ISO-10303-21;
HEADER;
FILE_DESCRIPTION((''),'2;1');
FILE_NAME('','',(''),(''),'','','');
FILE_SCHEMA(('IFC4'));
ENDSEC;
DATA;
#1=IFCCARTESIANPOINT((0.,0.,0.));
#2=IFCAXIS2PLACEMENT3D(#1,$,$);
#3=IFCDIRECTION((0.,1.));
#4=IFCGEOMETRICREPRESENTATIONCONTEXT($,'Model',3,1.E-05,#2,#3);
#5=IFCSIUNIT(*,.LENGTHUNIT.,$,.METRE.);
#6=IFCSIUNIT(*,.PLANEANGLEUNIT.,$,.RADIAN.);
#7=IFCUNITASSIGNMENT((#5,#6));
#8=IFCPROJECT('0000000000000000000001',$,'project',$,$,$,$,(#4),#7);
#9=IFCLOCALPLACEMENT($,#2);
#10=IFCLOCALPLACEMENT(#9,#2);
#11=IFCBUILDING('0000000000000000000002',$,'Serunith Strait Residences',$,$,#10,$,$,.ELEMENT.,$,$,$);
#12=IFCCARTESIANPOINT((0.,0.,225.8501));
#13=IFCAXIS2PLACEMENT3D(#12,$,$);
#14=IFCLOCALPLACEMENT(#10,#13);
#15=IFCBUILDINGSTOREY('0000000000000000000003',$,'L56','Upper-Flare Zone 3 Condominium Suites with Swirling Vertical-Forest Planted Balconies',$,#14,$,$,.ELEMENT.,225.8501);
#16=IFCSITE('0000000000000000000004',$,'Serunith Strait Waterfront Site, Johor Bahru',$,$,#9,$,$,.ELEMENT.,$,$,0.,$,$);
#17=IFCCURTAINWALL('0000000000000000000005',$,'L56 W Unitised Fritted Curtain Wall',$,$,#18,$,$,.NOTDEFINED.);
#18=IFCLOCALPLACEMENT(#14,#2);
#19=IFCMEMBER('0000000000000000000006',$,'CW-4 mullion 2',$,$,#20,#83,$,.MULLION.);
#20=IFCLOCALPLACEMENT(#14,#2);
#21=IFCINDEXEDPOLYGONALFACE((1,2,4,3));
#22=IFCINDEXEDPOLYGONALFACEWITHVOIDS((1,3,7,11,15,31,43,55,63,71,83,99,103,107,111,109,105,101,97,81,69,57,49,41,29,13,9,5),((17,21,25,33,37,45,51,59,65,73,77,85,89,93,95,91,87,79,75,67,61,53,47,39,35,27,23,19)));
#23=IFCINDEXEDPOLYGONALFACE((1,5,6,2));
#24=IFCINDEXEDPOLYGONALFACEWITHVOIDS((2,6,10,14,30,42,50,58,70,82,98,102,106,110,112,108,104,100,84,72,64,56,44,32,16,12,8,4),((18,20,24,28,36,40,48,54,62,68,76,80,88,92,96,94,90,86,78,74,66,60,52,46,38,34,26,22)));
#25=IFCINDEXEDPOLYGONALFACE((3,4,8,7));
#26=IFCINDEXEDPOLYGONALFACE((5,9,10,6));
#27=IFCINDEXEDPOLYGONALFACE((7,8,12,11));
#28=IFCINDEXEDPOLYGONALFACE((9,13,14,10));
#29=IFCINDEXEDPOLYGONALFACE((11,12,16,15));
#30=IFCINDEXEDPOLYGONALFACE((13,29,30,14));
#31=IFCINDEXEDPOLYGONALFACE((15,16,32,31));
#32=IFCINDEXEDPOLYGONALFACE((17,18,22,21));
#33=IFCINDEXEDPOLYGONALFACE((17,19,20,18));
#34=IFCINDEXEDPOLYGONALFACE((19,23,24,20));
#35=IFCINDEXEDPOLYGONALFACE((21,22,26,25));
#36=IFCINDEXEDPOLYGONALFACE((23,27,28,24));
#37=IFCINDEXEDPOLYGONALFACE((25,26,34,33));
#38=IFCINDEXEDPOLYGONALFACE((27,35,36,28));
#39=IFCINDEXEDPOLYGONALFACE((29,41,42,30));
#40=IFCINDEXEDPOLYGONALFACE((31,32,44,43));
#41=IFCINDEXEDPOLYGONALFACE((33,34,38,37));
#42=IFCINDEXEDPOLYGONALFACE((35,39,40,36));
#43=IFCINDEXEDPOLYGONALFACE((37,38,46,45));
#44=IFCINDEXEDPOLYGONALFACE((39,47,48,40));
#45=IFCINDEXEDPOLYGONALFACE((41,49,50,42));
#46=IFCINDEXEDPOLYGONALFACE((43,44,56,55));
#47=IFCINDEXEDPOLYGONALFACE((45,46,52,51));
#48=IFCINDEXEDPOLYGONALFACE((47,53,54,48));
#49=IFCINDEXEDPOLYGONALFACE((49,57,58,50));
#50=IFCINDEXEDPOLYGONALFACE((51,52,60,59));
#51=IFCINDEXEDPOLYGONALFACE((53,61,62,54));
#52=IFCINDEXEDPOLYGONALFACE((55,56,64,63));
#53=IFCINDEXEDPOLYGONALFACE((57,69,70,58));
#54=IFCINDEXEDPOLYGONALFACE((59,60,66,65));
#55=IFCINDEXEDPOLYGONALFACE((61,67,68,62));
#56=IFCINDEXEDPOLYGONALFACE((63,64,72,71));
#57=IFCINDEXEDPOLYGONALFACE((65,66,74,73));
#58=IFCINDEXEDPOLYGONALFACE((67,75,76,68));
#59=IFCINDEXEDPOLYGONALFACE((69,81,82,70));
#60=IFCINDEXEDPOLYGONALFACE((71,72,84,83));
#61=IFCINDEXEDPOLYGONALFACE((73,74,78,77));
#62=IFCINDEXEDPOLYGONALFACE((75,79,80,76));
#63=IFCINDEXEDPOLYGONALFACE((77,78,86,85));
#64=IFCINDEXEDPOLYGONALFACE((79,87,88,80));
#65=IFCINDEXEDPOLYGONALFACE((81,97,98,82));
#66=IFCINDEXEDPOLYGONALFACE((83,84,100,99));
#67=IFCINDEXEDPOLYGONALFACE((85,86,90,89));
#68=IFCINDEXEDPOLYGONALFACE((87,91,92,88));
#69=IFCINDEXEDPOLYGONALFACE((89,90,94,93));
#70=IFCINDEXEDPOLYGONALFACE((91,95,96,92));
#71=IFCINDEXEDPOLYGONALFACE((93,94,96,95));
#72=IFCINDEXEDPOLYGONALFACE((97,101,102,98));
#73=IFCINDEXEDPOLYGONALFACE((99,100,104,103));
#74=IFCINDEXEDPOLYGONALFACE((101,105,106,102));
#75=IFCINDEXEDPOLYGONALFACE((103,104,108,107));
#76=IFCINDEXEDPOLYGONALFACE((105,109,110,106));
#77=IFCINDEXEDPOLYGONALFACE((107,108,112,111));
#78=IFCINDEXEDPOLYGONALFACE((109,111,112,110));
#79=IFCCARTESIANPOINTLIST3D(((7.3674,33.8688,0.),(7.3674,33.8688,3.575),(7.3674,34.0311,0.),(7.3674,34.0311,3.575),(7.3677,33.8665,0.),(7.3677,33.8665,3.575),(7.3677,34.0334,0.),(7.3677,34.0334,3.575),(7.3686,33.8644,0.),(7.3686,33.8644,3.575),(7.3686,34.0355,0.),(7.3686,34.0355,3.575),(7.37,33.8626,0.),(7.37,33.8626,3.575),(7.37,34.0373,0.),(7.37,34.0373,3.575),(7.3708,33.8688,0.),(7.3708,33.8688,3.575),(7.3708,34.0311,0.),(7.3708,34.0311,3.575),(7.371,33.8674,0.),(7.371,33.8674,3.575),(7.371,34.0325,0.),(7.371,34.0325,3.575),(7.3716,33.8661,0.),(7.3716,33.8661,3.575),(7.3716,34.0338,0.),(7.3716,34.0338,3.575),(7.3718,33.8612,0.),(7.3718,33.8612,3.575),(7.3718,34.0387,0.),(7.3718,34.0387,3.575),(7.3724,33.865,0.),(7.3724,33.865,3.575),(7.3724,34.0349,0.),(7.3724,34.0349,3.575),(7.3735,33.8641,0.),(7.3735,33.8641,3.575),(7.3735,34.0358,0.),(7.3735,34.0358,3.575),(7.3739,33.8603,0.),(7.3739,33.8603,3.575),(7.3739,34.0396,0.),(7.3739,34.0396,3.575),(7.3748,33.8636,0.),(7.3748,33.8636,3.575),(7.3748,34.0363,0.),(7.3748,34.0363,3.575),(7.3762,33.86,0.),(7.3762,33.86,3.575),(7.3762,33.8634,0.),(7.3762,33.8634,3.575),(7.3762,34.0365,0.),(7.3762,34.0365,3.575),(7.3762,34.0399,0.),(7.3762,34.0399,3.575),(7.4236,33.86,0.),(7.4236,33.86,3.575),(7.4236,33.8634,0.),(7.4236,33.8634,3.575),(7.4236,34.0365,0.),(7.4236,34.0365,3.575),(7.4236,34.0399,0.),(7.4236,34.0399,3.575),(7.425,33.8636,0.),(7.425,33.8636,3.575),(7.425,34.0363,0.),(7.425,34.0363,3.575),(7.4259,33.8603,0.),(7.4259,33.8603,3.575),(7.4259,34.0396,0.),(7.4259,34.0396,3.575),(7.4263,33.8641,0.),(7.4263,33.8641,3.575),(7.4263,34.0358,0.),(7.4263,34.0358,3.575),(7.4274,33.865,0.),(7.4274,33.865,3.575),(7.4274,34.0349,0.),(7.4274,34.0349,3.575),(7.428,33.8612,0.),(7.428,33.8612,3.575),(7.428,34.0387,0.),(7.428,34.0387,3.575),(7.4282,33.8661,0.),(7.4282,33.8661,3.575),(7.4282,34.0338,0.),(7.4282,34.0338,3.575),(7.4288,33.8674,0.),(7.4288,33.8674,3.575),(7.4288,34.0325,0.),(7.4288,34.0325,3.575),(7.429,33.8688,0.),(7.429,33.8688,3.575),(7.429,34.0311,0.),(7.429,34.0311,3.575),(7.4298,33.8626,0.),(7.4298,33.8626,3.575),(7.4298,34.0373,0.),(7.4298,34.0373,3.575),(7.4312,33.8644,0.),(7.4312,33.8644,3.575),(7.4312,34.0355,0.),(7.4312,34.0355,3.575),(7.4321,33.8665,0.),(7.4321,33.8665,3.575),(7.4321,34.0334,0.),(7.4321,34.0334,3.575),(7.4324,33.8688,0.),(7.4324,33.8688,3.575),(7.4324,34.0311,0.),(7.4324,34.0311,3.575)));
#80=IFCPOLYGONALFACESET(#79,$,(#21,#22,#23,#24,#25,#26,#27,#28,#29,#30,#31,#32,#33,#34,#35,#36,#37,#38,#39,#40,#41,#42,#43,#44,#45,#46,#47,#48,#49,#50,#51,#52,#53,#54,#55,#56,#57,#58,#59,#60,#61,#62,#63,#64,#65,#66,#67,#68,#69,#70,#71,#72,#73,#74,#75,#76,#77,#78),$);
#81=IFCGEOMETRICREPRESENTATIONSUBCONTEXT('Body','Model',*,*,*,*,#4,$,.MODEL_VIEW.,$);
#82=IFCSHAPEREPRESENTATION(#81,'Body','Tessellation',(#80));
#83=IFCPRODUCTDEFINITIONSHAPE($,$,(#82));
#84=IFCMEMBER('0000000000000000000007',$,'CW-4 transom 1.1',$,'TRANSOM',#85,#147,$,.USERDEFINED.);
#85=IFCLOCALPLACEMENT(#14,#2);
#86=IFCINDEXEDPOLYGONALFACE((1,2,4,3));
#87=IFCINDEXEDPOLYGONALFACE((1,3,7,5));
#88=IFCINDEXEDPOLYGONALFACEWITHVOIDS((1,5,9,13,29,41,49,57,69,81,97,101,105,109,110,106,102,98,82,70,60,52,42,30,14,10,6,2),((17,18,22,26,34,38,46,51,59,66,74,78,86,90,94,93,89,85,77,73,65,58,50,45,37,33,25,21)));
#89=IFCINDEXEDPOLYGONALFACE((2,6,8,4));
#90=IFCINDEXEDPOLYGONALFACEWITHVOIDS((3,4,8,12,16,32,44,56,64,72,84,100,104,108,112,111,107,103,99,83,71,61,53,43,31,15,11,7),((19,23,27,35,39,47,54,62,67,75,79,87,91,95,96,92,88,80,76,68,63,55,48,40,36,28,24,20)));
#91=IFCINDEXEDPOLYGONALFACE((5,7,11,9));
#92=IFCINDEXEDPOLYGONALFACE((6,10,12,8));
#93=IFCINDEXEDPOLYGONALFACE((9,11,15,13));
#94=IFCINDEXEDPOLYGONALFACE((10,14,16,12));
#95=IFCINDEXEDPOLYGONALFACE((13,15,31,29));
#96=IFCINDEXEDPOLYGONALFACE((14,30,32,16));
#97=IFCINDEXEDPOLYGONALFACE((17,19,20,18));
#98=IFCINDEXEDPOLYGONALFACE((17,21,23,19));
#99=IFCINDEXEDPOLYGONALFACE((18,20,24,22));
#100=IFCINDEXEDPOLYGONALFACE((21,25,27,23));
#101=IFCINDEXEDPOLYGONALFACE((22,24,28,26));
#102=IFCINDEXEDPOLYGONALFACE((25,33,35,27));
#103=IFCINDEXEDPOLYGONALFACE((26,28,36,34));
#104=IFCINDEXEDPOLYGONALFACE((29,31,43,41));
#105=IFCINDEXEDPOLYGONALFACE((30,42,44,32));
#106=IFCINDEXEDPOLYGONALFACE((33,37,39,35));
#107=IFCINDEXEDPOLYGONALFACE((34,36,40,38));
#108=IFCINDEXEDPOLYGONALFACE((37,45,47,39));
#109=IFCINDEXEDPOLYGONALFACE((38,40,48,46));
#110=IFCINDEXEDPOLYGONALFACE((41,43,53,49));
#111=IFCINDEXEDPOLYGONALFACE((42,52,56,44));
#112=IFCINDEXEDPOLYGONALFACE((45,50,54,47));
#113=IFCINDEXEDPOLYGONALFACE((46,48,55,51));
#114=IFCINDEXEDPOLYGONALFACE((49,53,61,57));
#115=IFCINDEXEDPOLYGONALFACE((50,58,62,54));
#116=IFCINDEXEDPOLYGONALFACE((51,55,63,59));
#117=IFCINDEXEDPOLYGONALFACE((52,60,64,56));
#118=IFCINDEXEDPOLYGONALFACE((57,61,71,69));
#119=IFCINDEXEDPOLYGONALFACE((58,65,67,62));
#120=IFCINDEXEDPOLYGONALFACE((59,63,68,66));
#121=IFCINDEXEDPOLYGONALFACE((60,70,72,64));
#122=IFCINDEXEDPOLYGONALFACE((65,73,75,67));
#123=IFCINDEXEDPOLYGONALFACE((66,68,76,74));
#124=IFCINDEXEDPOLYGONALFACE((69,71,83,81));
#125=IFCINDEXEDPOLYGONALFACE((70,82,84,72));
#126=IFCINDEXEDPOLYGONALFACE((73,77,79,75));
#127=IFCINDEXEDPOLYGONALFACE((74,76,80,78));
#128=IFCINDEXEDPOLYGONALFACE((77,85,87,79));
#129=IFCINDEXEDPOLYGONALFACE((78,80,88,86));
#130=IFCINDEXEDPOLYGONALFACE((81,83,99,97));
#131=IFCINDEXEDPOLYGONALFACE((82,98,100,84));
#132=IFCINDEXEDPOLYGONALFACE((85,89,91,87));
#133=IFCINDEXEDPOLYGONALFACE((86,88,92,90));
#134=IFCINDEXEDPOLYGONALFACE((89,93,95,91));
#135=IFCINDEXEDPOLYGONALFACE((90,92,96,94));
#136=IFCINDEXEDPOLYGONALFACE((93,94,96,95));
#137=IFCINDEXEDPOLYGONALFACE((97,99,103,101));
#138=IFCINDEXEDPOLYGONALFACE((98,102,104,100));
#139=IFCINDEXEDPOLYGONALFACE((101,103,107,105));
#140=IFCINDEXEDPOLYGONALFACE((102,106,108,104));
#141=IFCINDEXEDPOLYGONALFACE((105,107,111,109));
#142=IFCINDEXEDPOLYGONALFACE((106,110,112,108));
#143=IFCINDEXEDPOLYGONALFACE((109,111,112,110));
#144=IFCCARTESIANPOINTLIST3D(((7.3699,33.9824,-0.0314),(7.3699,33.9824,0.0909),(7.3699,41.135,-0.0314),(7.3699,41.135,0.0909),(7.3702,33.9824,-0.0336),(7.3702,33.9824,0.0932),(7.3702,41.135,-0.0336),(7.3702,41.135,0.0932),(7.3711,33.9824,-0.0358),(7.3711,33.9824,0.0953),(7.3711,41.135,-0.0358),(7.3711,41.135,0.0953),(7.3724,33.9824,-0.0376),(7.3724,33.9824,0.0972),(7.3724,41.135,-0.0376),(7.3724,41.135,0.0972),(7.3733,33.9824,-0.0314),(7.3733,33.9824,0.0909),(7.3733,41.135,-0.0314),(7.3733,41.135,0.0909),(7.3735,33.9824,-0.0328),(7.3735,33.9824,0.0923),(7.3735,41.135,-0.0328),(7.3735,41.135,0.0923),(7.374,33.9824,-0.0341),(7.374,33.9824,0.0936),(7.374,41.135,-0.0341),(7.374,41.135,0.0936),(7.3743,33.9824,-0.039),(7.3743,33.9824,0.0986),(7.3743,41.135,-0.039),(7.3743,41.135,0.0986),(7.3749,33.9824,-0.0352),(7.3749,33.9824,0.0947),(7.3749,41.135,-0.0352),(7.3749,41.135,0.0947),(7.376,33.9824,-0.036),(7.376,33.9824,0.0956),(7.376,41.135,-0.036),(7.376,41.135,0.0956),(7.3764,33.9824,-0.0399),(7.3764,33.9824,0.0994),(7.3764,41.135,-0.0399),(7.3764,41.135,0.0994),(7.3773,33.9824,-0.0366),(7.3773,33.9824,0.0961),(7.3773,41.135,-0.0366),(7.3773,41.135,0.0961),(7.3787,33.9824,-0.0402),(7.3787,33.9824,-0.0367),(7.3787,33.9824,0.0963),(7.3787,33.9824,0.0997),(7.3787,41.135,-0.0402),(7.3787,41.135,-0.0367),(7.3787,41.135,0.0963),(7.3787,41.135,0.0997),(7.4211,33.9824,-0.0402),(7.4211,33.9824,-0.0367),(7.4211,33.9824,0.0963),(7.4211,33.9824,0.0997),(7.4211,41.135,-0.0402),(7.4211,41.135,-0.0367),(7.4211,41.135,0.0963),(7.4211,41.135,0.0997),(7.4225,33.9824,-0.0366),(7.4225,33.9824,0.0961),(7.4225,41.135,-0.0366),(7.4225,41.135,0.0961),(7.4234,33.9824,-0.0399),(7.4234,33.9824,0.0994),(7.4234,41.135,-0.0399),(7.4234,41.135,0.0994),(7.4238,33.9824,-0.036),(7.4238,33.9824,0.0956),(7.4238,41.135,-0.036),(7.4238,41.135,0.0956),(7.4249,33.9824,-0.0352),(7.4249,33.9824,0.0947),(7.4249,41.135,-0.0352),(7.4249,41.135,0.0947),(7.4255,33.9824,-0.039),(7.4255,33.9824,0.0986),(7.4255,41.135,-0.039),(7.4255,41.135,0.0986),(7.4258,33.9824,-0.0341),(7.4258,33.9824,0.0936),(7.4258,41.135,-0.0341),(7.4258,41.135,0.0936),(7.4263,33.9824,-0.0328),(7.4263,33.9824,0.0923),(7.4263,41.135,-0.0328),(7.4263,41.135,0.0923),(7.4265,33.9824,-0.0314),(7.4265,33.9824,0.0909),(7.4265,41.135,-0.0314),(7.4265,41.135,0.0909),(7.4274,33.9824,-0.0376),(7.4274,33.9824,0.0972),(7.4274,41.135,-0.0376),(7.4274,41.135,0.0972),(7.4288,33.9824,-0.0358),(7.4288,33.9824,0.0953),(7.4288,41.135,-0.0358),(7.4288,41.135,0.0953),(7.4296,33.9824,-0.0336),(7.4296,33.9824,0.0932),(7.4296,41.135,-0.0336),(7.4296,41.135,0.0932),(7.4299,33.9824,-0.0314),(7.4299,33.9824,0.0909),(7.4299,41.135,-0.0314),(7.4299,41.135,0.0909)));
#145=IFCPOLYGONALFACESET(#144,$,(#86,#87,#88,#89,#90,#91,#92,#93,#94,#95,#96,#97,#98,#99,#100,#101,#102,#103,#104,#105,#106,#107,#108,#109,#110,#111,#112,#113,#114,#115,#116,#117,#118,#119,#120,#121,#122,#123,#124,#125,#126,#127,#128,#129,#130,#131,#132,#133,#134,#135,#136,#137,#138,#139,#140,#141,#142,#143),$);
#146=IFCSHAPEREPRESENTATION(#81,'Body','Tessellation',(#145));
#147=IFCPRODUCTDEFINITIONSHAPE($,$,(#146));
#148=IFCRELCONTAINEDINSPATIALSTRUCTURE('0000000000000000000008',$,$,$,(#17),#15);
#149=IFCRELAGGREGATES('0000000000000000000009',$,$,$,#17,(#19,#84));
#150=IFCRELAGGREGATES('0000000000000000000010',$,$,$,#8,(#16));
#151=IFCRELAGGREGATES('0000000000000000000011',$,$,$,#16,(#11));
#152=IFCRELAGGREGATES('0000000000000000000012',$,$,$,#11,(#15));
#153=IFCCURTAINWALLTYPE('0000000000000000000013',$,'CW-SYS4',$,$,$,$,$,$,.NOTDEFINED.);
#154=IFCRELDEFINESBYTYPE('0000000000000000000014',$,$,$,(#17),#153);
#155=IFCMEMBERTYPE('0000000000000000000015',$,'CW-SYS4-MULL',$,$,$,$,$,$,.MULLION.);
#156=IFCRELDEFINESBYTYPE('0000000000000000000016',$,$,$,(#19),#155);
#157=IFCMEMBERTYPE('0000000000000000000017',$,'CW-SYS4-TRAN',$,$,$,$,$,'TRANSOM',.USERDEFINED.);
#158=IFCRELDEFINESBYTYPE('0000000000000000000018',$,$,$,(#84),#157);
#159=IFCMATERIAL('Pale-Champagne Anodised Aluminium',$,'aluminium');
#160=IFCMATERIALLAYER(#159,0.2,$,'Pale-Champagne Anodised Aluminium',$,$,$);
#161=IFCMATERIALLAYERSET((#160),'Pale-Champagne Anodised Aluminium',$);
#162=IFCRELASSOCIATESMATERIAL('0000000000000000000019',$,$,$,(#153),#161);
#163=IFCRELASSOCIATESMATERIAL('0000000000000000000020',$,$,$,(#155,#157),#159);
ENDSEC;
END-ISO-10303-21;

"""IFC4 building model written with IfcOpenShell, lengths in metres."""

from ifc_helpers import new_model, si_unit, direction, frame, origin, origin_2d, place, context, subcontext, project, spatial, hollow_rectangle, extrude, source, transform, mapped, material, layer, layer_set, material_profile, profile_set, type_object, element, aggregate, save


model = new_model("IFC4")

# Units and contexts
model_context = context("Model", 3, precision=1e-05, world=origin(), true_north=direction((0.0, 1.0)))
body_context = subcontext(model_context, "Body", "Model", "MODEL_VIEW")
ifc_project = project(units=[si_unit("LENGTHUNIT", "METRE"), si_unit("PLANEANGLEUNIT", "RADIAN")], contexts=[model_context])

# Site, building, storey
site_placement = place(None, origin())
site = spatial("IfcSite", under=ifc_project, at=site_placement, Name="Serunith Strait Waterfront Site, Johor Bahru", CompositionType="ELEMENT", RefElevation=0.0)
building_placement = place(site_placement, origin())
building = spatial("IfcBuilding", under=site, at=building_placement, Name="Serunith Strait Residences", CompositionType="ELEMENT")
storey_placement = place(building_placement, frame((0.0, 0.0, 225.8501)))
storey = spatial("IfcBuildingStorey", under=building, at=storey_placement, Name="L56", Description="Upper-Flare Zone 3 Condominium Suites with Swirling Vertical-Forest Planted Balconies", CompositionType="ELEMENT", Elevation=225.8501)

# Shared definitions
ifc_material_1 = material(Name="Pale-Champagne Anodised Aluminium", Category="aluminium")
ifc_layer_1 = layer(ifc_material_1, 0.2, Name="Pale-Champagne Anodised Aluminium")
ifc_layer_set_1 = layer_set([ifc_layer_1], Name="Pale-Champagne Anodised Aluminium")
curtain_wall_type = type_object("IfcCurtainWallType", Name="CW-SYS4", PredefinedType="NOTDEFINED", material=ifc_layer_set_1)
ifc_material_profile_1 = material_profile(ifc_material_1, hollow_rectangle(XDim=0.0649, YDim=0.1799, WallThickness=0.0034, InnerFilletRadius=0.0054, OuterFilletRadius=0.0088, at=origin_2d()), Name="ALU 180x65x3.5")
ifc_profile_set_1 = profile_set([ifc_material_profile_1], Name="Pale-Champagne Anodised Aluminium")
member_type_1 = type_object("IfcMemberType", Name="CW-SYS4-MULL", PredefinedType="MULLION", material=ifc_profile_set_1)
shared_shape_1 = source(origin(), body_context, "Body", "SweptSolid", [
    extrude(hollow_rectangle(XDim=0.0649, YDim=0.1799, WallThickness=0.0034, InnerFilletRadius=0.0054, OuterFilletRadius=0.0088, at=origin_2d()), origin(), (0.0, 0.0, 1.0), 3.575),
])

# Curtain wall, members
curtain_wall_1_placement = place(storey_placement, origin())
curtain_wall_1 = element("IfcCurtainWall", 1, at=curtain_wall_1_placement, inside=storey, type_object=curtain_wall_type, Name="L56 W Unitised Fritted Curtain Wall", PredefinedType="NOTDEFINED")
member_1_placement = place(storey_placement, frame((7.3999, 33.95, 0.0), z_axis=(0.0, 0.0, 1.0), x_axis=(1.0, 0.0, 0.0)))
member_1 = element("IfcMember", 2, at=member_1_placement, type_object=member_type_1, Name="CW-4 mullion 2", PredefinedType="MULLION", context=body_context, shape_type="MappedRepresentation", body=[
    mapped(shared_shape_1, transform((0.0, 0.0, 0.0), scale=1.0)),
])
ifc_material_profile_2 = material_profile(ifc_material_1, hollow_rectangle(XDim=0.0601, YDim=0.1399, WallThickness=0.0034, InnerFilletRadius=0.0054, OuterFilletRadius=0.0088, at=origin_2d()), Name="ALU 140x60x3.5")
ifc_profile_set_2 = profile_set([ifc_material_profile_2], Name="Pale-Champagne Anodised Aluminium")
member_type_2 = type_object("IfcMemberType", Name="CW-SYS4-TRAN", ElementType="TRANSOM", PredefinedType="USERDEFINED", material=ifc_profile_set_2)
shared_shape_2 = source(origin(), body_context, "Body", "SweptSolid", [
    extrude(hollow_rectangle(XDim=0.0601, YDim=0.1399, WallThickness=0.0034, InnerFilletRadius=0.0054, OuterFilletRadius=0.0088, at=origin_2d()), origin(), (0.0, 0.0, 1.0), 7.1526),
])
member_2_placement = place(storey_placement, frame((7.3999, 41.135, 0.0298), z_axis=(0.0, -1.0, 0.0), x_axis=(1.0, 0.0, 0.0)))
member_2 = element("IfcMember", 3, at=member_2_placement, type_object=member_type_2, Name="CW-4 transom 1.1", ObjectType="TRANSOM", PredefinedType="USERDEFINED", context=body_context, shape_type="MappedRepresentation", body=[
    mapped(shared_shape_2, transform((0.0, 0.0, 0.0), scale=1.0)),
])
aggregate(curtain_wall_1, [member_1, member_2])

save(model, "model.ifc")
